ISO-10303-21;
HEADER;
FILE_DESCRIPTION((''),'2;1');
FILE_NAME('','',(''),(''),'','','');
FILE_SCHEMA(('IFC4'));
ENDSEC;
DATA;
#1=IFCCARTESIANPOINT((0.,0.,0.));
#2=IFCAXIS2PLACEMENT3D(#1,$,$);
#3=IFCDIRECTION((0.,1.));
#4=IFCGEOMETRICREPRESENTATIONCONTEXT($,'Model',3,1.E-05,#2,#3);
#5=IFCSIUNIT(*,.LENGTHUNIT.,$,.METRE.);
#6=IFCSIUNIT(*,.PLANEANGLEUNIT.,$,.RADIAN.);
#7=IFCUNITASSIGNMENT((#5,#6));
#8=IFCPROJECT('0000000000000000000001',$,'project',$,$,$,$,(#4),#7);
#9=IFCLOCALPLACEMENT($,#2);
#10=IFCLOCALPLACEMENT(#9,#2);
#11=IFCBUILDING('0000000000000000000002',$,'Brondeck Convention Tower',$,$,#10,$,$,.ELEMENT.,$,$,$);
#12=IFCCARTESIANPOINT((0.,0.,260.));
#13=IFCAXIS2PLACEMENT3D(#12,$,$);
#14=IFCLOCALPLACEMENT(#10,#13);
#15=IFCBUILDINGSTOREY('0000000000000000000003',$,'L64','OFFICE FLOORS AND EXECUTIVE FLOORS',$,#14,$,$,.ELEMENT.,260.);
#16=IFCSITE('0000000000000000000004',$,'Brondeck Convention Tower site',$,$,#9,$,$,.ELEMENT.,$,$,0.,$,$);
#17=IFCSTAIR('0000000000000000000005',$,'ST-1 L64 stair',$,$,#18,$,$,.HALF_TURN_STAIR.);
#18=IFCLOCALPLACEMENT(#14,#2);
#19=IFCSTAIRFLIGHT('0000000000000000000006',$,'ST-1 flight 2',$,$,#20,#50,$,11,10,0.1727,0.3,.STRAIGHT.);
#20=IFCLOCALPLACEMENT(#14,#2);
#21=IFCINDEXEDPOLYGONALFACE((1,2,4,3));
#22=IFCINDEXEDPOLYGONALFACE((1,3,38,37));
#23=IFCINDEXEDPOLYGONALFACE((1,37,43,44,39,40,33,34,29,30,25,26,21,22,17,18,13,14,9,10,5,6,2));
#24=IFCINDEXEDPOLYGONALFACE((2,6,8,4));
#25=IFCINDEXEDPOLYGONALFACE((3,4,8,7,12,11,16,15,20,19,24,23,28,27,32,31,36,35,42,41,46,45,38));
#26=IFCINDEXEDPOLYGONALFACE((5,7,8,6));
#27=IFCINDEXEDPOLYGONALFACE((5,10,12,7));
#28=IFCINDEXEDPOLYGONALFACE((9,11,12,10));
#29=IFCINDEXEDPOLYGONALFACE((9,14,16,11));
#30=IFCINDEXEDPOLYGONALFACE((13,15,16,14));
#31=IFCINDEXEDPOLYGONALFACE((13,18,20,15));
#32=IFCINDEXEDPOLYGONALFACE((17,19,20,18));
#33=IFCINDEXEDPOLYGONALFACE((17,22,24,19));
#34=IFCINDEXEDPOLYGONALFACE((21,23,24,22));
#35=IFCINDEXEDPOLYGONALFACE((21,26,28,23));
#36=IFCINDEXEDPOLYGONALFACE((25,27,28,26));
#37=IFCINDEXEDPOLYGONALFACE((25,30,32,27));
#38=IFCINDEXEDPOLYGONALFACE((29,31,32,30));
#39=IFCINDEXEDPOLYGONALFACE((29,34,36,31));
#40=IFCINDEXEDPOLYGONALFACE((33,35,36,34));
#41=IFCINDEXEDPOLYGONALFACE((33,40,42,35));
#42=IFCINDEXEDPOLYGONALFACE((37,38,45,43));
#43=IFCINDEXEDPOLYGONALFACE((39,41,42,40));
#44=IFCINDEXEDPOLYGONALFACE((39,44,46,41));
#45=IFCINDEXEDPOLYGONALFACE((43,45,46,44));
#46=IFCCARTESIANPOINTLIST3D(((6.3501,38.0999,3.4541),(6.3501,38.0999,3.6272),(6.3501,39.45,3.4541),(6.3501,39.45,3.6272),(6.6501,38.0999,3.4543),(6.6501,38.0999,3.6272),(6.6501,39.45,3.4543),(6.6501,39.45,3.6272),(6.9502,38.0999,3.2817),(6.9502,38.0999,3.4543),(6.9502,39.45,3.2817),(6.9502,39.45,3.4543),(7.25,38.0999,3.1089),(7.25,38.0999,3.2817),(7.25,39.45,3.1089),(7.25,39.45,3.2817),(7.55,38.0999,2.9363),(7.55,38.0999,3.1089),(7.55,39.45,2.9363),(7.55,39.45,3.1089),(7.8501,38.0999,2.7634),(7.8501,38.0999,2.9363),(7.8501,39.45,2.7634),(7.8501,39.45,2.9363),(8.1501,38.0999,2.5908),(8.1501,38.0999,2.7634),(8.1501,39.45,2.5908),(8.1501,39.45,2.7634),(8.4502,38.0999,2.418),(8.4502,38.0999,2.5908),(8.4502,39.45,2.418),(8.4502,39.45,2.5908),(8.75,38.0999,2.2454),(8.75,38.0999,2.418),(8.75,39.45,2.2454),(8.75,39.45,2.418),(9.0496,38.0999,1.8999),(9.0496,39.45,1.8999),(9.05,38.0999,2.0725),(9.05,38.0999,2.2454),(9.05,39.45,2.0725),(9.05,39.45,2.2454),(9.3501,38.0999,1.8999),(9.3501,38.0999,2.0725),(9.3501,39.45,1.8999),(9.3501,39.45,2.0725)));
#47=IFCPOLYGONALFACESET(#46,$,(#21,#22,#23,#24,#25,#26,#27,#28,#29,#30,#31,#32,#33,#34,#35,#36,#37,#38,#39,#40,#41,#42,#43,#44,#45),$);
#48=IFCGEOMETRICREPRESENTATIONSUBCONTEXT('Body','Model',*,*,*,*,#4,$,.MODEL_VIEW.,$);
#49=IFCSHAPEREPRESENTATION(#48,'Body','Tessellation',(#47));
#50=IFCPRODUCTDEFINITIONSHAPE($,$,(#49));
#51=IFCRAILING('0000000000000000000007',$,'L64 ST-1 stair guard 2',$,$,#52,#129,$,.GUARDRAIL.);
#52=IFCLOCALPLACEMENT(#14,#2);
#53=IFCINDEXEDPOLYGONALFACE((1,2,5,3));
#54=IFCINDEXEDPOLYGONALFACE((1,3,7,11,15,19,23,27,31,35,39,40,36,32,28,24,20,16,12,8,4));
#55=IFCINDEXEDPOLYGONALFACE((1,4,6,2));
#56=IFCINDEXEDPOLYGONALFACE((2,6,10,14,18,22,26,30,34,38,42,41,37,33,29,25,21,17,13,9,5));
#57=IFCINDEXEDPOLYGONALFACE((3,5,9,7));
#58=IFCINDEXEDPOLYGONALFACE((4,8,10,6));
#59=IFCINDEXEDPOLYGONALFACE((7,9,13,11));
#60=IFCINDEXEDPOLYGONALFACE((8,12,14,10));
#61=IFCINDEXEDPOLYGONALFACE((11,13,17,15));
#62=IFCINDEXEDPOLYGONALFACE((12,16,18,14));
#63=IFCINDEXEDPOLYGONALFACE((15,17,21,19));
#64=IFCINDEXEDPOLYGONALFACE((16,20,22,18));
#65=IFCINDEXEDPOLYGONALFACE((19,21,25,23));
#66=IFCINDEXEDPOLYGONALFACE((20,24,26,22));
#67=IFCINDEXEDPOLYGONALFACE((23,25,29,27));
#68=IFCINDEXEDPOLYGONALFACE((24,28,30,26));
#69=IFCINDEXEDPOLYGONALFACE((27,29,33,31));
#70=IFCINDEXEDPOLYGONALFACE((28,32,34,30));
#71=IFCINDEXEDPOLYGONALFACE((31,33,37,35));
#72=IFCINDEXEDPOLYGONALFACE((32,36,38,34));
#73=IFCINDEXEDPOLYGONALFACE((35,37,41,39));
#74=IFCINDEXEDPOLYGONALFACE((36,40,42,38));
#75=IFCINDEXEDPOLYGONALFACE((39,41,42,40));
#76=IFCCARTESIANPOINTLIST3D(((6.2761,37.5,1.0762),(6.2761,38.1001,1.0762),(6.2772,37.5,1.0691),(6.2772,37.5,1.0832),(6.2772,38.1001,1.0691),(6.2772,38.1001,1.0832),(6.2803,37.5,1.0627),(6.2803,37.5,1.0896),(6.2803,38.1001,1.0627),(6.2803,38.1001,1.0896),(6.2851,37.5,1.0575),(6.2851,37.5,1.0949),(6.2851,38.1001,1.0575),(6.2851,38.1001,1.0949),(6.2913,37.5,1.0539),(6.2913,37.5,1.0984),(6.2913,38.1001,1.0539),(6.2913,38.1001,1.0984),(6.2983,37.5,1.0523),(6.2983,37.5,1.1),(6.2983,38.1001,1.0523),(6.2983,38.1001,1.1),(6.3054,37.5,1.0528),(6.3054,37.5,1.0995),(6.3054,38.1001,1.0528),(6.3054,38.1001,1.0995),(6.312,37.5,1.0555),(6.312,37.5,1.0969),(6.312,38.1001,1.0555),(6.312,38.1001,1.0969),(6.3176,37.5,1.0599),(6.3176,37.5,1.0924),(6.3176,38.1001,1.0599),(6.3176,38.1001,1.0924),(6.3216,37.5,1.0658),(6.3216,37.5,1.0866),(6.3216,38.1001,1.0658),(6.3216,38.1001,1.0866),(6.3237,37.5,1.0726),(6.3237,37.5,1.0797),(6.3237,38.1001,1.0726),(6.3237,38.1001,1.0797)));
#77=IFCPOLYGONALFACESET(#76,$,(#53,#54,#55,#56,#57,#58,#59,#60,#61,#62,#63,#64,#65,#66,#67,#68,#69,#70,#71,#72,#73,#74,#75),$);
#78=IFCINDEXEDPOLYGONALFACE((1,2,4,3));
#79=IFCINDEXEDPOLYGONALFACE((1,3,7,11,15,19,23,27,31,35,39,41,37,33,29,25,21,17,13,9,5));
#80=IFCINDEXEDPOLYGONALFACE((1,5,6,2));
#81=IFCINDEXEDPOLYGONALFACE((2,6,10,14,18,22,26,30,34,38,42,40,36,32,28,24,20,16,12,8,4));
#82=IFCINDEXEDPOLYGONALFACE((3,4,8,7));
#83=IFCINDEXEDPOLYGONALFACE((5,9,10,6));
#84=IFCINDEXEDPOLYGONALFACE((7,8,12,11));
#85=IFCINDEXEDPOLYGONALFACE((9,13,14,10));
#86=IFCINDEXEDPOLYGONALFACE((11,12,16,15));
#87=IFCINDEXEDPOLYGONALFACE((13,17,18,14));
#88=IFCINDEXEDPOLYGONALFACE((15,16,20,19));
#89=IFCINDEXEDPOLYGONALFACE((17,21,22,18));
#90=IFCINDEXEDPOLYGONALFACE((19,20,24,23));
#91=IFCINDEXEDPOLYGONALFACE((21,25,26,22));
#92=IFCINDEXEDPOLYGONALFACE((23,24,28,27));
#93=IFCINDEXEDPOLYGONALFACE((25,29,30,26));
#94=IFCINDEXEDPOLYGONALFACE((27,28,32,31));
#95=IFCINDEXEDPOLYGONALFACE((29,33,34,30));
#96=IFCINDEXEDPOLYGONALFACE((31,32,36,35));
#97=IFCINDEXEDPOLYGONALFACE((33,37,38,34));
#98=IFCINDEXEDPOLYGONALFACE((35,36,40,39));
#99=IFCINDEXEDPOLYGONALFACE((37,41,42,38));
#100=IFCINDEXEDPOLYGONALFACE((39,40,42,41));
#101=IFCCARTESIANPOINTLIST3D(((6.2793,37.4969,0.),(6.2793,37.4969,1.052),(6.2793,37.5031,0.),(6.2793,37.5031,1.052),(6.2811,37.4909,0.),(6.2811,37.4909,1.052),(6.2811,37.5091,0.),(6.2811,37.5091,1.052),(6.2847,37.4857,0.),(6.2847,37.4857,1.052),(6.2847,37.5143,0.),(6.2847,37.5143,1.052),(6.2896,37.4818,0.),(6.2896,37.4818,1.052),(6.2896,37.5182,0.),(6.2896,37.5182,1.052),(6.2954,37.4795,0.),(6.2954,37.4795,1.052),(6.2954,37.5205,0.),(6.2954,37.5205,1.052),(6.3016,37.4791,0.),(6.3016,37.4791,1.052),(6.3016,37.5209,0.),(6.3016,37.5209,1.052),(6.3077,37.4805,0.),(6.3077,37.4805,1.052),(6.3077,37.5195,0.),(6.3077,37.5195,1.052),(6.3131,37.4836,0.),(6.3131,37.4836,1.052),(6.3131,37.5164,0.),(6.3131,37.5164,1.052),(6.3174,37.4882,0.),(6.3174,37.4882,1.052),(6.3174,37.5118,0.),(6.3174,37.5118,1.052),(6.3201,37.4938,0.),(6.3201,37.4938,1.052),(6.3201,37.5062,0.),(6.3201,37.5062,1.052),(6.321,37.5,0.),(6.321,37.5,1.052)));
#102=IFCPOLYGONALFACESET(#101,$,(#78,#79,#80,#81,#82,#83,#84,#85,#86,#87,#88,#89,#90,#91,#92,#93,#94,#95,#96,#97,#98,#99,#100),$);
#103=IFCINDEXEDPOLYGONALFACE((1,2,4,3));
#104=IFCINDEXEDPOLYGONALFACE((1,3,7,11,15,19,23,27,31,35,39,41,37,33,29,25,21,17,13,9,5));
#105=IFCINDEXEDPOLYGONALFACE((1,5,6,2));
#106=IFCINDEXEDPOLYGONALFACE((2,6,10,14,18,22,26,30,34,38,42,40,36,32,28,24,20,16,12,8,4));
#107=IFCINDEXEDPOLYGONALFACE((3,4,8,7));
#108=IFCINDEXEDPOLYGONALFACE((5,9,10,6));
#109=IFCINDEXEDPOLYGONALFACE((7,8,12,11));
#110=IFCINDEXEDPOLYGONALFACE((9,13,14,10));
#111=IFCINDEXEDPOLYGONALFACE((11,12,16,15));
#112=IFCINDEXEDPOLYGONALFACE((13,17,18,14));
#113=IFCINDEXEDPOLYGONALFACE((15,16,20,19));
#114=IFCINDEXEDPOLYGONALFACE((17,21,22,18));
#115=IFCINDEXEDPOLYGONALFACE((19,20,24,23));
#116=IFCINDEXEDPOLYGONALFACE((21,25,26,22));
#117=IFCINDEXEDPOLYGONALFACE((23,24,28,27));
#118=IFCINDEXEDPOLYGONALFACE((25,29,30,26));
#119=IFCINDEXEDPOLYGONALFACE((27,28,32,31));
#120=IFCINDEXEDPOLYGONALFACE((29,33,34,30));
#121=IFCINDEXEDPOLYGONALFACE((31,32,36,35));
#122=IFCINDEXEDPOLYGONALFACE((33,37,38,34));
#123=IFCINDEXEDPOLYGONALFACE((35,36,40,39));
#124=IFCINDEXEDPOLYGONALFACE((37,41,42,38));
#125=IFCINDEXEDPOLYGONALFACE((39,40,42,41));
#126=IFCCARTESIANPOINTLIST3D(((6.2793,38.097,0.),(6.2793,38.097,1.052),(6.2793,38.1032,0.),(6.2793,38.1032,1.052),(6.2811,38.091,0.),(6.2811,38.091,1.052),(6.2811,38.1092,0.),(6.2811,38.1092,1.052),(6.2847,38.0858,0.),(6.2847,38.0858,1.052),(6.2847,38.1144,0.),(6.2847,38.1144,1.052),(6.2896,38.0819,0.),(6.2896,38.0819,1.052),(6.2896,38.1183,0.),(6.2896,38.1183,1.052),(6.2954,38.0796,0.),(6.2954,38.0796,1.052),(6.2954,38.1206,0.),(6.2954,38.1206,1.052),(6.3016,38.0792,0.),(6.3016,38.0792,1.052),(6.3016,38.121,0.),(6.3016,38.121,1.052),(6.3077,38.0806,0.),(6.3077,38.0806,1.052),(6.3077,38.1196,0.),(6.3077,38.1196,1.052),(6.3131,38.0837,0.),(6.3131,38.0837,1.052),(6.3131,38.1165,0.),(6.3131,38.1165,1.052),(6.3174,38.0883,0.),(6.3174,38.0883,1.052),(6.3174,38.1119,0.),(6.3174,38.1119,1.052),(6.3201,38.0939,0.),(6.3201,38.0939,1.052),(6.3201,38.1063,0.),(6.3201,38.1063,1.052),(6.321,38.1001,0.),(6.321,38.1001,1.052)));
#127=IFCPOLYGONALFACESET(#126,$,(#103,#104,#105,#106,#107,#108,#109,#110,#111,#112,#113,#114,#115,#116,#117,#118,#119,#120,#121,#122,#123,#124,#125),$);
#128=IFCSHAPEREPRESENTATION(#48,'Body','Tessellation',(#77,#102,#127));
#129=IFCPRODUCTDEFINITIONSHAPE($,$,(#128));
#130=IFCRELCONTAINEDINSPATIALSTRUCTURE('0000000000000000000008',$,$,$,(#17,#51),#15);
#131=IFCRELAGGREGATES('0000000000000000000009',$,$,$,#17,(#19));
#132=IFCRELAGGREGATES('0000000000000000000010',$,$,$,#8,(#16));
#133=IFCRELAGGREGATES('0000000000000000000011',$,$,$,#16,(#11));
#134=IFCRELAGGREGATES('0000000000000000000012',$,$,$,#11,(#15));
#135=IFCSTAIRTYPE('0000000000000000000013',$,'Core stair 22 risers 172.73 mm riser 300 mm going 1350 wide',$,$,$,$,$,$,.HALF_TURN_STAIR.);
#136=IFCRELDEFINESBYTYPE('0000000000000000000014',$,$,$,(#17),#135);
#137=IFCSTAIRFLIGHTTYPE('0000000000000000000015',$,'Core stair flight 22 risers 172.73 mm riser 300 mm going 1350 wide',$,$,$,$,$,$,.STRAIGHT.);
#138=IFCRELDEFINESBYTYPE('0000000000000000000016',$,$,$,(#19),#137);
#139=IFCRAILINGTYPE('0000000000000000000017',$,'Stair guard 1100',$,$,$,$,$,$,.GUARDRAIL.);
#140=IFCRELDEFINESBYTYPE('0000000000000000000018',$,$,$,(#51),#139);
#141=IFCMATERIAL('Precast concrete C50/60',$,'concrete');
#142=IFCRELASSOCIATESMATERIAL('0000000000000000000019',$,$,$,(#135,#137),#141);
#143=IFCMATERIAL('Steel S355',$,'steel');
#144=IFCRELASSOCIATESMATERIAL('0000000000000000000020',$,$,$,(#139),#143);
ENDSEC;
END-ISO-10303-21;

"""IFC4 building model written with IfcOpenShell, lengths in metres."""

from ifc_helpers import new_model, si_unit, direction, frame, origin, origin_2d, place, context, subcontext, project, spatial, polyline, circle, outline, extrude, material, type_object, element, aggregate, save


model = new_model("IFC4")

# Units and contexts
model_context = context("Model", 3, precision=1e-05, world=origin(), true_north=direction((0.0, 1.0)))
body_context = subcontext(model_context, "Body", "Model", "MODEL_VIEW")
ifc_project = project(units=[si_unit("LENGTHUNIT", "METRE"), si_unit("PLANEANGLEUNIT", "RADIAN")], contexts=[model_context])

# Site, building, storey
site_placement = place(None, origin())
site = spatial("IfcSite", under=ifc_project, at=site_placement, Name="Brondeck Convention Tower site", CompositionType="ELEMENT", RefElevation=0.0)
building_placement = place(site_placement, origin())
building = spatial("IfcBuilding", under=site, at=building_placement, Name="Brondeck Convention Tower", CompositionType="ELEMENT")
storey_placement = place(building_placement, frame((0.0, 0.0, 260.0)))
storey = spatial("IfcBuildingStorey", under=building, at=storey_placement, Name="L64", Description="OFFICE FLOORS AND EXECUTIVE FLOORS", CompositionType="ELEMENT", Elevation=260.0)

# Stair, stair flight
ifc_material_1 = material(Name="Precast concrete C50/60", Category="concrete")
stair_type = type_object("IfcStairType", Name="Core stair 22 risers 172.73 mm riser 300 mm going 1350 wide", PredefinedType="HALF_TURN_STAIR", material=ifc_material_1)
stair_placement = place(storey_placement, origin())
stair = element("IfcStair", 1, at=stair_placement, inside=storey, type_object=stair_type, Name="ST-1 L64 stair", PredefinedType="HALF_TURN_STAIR")
stair_flight_type = type_object("IfcStairFlightType", Name="Core stair flight 22 risers 172.73 mm riser 300 mm going 1350 wide", PredefinedType="STRAIGHT", material=ifc_material_1)
stair_flight_1_placement = place(storey_placement, frame((9.3501, 38.7749, 1.8999), z_axis=(0.0, 0.0, 1.0), x_axis=(-1.0, 0.0, 0.0)))
stair_flight_1 = element("IfcStairFlight", 2, at=stair_flight_1_placement, type_object=stair_flight_type, Name="ST-1 flight 2", NumberOfRisers=11, NumberOfTreads=10, PredefinedType="STRAIGHT", RiserHeight=0.1727, TreadLength=0.3, context=body_context, shape_type="SweptSolid", body=[
    extrude(outline(polyline([(0.0, 0.0), (0.0, 0.1726), (0.3, 0.1726), (0.3, 0.3455), (0.6001, 0.3455), (0.6001, 0.5181), (0.8999, 0.5181), (0.8999, 0.6909), (1.2, 0.6909), (1.2, 0.8635), (1.5, 0.8635), (1.5, 1.0364), (1.8, 1.0364), (1.8, 1.209), (2.1001, 1.209), (2.1001, 1.3818), (2.3999, 1.3818), (2.3999, 1.5544), (2.7, 1.5544), (2.7, 1.7273), (3.0, 1.7273), (3.0, 1.8999), (3.0, 1.5542), (0.3005, 0.0), (0.0, 0.0)])), frame((0.0, 0.675, 0.0), z_axis=(0.0, -1.0, 0.0), x_axis=(1.0, 0.0, 0.0)), (0.0, 0.0, 1.0), 1.3501),
])
aggregate(stair, [stair_flight_1])

# Railing
ifc_material_2 = material(Name="Steel S355", Category="steel")
railing_type_1 = type_object("IfcRailingType", Name="Stair guard 1100", PredefinedType="GUARDRAIL", material=ifc_material_2)
railing_1_placement = place(storey_placement, frame((6.3, 37.5, 0.0)))
element("IfcRailing", 3, at=railing_1_placement, inside=storey, type_object=railing_type_1, Name="L64 ST-1 stair guard 2", PredefinedType="GUARDRAIL", context=body_context, shape_type="SweptSolid", body=[
    extrude(circle(Radius=0.0239, at=origin_2d()), frame((0.0, 0.0, 1.0762), z_axis=(0.0, 1.0, 0.0), x_axis=(-1.0, 0.0, 0.0)), (0.0, 0.0, 1.0), 0.6001),
    extrude(circle(Radius=0.021, at=origin_2d()), origin(), (0.0, 0.0, 1.0), 1.052),
    extrude(circle(Radius=0.021, at=origin_2d()), frame((0.0, 0.6001, 0.0)), (0.0, 0.0, 1.0), 1.052),
])

save(model, "model.ifc")
